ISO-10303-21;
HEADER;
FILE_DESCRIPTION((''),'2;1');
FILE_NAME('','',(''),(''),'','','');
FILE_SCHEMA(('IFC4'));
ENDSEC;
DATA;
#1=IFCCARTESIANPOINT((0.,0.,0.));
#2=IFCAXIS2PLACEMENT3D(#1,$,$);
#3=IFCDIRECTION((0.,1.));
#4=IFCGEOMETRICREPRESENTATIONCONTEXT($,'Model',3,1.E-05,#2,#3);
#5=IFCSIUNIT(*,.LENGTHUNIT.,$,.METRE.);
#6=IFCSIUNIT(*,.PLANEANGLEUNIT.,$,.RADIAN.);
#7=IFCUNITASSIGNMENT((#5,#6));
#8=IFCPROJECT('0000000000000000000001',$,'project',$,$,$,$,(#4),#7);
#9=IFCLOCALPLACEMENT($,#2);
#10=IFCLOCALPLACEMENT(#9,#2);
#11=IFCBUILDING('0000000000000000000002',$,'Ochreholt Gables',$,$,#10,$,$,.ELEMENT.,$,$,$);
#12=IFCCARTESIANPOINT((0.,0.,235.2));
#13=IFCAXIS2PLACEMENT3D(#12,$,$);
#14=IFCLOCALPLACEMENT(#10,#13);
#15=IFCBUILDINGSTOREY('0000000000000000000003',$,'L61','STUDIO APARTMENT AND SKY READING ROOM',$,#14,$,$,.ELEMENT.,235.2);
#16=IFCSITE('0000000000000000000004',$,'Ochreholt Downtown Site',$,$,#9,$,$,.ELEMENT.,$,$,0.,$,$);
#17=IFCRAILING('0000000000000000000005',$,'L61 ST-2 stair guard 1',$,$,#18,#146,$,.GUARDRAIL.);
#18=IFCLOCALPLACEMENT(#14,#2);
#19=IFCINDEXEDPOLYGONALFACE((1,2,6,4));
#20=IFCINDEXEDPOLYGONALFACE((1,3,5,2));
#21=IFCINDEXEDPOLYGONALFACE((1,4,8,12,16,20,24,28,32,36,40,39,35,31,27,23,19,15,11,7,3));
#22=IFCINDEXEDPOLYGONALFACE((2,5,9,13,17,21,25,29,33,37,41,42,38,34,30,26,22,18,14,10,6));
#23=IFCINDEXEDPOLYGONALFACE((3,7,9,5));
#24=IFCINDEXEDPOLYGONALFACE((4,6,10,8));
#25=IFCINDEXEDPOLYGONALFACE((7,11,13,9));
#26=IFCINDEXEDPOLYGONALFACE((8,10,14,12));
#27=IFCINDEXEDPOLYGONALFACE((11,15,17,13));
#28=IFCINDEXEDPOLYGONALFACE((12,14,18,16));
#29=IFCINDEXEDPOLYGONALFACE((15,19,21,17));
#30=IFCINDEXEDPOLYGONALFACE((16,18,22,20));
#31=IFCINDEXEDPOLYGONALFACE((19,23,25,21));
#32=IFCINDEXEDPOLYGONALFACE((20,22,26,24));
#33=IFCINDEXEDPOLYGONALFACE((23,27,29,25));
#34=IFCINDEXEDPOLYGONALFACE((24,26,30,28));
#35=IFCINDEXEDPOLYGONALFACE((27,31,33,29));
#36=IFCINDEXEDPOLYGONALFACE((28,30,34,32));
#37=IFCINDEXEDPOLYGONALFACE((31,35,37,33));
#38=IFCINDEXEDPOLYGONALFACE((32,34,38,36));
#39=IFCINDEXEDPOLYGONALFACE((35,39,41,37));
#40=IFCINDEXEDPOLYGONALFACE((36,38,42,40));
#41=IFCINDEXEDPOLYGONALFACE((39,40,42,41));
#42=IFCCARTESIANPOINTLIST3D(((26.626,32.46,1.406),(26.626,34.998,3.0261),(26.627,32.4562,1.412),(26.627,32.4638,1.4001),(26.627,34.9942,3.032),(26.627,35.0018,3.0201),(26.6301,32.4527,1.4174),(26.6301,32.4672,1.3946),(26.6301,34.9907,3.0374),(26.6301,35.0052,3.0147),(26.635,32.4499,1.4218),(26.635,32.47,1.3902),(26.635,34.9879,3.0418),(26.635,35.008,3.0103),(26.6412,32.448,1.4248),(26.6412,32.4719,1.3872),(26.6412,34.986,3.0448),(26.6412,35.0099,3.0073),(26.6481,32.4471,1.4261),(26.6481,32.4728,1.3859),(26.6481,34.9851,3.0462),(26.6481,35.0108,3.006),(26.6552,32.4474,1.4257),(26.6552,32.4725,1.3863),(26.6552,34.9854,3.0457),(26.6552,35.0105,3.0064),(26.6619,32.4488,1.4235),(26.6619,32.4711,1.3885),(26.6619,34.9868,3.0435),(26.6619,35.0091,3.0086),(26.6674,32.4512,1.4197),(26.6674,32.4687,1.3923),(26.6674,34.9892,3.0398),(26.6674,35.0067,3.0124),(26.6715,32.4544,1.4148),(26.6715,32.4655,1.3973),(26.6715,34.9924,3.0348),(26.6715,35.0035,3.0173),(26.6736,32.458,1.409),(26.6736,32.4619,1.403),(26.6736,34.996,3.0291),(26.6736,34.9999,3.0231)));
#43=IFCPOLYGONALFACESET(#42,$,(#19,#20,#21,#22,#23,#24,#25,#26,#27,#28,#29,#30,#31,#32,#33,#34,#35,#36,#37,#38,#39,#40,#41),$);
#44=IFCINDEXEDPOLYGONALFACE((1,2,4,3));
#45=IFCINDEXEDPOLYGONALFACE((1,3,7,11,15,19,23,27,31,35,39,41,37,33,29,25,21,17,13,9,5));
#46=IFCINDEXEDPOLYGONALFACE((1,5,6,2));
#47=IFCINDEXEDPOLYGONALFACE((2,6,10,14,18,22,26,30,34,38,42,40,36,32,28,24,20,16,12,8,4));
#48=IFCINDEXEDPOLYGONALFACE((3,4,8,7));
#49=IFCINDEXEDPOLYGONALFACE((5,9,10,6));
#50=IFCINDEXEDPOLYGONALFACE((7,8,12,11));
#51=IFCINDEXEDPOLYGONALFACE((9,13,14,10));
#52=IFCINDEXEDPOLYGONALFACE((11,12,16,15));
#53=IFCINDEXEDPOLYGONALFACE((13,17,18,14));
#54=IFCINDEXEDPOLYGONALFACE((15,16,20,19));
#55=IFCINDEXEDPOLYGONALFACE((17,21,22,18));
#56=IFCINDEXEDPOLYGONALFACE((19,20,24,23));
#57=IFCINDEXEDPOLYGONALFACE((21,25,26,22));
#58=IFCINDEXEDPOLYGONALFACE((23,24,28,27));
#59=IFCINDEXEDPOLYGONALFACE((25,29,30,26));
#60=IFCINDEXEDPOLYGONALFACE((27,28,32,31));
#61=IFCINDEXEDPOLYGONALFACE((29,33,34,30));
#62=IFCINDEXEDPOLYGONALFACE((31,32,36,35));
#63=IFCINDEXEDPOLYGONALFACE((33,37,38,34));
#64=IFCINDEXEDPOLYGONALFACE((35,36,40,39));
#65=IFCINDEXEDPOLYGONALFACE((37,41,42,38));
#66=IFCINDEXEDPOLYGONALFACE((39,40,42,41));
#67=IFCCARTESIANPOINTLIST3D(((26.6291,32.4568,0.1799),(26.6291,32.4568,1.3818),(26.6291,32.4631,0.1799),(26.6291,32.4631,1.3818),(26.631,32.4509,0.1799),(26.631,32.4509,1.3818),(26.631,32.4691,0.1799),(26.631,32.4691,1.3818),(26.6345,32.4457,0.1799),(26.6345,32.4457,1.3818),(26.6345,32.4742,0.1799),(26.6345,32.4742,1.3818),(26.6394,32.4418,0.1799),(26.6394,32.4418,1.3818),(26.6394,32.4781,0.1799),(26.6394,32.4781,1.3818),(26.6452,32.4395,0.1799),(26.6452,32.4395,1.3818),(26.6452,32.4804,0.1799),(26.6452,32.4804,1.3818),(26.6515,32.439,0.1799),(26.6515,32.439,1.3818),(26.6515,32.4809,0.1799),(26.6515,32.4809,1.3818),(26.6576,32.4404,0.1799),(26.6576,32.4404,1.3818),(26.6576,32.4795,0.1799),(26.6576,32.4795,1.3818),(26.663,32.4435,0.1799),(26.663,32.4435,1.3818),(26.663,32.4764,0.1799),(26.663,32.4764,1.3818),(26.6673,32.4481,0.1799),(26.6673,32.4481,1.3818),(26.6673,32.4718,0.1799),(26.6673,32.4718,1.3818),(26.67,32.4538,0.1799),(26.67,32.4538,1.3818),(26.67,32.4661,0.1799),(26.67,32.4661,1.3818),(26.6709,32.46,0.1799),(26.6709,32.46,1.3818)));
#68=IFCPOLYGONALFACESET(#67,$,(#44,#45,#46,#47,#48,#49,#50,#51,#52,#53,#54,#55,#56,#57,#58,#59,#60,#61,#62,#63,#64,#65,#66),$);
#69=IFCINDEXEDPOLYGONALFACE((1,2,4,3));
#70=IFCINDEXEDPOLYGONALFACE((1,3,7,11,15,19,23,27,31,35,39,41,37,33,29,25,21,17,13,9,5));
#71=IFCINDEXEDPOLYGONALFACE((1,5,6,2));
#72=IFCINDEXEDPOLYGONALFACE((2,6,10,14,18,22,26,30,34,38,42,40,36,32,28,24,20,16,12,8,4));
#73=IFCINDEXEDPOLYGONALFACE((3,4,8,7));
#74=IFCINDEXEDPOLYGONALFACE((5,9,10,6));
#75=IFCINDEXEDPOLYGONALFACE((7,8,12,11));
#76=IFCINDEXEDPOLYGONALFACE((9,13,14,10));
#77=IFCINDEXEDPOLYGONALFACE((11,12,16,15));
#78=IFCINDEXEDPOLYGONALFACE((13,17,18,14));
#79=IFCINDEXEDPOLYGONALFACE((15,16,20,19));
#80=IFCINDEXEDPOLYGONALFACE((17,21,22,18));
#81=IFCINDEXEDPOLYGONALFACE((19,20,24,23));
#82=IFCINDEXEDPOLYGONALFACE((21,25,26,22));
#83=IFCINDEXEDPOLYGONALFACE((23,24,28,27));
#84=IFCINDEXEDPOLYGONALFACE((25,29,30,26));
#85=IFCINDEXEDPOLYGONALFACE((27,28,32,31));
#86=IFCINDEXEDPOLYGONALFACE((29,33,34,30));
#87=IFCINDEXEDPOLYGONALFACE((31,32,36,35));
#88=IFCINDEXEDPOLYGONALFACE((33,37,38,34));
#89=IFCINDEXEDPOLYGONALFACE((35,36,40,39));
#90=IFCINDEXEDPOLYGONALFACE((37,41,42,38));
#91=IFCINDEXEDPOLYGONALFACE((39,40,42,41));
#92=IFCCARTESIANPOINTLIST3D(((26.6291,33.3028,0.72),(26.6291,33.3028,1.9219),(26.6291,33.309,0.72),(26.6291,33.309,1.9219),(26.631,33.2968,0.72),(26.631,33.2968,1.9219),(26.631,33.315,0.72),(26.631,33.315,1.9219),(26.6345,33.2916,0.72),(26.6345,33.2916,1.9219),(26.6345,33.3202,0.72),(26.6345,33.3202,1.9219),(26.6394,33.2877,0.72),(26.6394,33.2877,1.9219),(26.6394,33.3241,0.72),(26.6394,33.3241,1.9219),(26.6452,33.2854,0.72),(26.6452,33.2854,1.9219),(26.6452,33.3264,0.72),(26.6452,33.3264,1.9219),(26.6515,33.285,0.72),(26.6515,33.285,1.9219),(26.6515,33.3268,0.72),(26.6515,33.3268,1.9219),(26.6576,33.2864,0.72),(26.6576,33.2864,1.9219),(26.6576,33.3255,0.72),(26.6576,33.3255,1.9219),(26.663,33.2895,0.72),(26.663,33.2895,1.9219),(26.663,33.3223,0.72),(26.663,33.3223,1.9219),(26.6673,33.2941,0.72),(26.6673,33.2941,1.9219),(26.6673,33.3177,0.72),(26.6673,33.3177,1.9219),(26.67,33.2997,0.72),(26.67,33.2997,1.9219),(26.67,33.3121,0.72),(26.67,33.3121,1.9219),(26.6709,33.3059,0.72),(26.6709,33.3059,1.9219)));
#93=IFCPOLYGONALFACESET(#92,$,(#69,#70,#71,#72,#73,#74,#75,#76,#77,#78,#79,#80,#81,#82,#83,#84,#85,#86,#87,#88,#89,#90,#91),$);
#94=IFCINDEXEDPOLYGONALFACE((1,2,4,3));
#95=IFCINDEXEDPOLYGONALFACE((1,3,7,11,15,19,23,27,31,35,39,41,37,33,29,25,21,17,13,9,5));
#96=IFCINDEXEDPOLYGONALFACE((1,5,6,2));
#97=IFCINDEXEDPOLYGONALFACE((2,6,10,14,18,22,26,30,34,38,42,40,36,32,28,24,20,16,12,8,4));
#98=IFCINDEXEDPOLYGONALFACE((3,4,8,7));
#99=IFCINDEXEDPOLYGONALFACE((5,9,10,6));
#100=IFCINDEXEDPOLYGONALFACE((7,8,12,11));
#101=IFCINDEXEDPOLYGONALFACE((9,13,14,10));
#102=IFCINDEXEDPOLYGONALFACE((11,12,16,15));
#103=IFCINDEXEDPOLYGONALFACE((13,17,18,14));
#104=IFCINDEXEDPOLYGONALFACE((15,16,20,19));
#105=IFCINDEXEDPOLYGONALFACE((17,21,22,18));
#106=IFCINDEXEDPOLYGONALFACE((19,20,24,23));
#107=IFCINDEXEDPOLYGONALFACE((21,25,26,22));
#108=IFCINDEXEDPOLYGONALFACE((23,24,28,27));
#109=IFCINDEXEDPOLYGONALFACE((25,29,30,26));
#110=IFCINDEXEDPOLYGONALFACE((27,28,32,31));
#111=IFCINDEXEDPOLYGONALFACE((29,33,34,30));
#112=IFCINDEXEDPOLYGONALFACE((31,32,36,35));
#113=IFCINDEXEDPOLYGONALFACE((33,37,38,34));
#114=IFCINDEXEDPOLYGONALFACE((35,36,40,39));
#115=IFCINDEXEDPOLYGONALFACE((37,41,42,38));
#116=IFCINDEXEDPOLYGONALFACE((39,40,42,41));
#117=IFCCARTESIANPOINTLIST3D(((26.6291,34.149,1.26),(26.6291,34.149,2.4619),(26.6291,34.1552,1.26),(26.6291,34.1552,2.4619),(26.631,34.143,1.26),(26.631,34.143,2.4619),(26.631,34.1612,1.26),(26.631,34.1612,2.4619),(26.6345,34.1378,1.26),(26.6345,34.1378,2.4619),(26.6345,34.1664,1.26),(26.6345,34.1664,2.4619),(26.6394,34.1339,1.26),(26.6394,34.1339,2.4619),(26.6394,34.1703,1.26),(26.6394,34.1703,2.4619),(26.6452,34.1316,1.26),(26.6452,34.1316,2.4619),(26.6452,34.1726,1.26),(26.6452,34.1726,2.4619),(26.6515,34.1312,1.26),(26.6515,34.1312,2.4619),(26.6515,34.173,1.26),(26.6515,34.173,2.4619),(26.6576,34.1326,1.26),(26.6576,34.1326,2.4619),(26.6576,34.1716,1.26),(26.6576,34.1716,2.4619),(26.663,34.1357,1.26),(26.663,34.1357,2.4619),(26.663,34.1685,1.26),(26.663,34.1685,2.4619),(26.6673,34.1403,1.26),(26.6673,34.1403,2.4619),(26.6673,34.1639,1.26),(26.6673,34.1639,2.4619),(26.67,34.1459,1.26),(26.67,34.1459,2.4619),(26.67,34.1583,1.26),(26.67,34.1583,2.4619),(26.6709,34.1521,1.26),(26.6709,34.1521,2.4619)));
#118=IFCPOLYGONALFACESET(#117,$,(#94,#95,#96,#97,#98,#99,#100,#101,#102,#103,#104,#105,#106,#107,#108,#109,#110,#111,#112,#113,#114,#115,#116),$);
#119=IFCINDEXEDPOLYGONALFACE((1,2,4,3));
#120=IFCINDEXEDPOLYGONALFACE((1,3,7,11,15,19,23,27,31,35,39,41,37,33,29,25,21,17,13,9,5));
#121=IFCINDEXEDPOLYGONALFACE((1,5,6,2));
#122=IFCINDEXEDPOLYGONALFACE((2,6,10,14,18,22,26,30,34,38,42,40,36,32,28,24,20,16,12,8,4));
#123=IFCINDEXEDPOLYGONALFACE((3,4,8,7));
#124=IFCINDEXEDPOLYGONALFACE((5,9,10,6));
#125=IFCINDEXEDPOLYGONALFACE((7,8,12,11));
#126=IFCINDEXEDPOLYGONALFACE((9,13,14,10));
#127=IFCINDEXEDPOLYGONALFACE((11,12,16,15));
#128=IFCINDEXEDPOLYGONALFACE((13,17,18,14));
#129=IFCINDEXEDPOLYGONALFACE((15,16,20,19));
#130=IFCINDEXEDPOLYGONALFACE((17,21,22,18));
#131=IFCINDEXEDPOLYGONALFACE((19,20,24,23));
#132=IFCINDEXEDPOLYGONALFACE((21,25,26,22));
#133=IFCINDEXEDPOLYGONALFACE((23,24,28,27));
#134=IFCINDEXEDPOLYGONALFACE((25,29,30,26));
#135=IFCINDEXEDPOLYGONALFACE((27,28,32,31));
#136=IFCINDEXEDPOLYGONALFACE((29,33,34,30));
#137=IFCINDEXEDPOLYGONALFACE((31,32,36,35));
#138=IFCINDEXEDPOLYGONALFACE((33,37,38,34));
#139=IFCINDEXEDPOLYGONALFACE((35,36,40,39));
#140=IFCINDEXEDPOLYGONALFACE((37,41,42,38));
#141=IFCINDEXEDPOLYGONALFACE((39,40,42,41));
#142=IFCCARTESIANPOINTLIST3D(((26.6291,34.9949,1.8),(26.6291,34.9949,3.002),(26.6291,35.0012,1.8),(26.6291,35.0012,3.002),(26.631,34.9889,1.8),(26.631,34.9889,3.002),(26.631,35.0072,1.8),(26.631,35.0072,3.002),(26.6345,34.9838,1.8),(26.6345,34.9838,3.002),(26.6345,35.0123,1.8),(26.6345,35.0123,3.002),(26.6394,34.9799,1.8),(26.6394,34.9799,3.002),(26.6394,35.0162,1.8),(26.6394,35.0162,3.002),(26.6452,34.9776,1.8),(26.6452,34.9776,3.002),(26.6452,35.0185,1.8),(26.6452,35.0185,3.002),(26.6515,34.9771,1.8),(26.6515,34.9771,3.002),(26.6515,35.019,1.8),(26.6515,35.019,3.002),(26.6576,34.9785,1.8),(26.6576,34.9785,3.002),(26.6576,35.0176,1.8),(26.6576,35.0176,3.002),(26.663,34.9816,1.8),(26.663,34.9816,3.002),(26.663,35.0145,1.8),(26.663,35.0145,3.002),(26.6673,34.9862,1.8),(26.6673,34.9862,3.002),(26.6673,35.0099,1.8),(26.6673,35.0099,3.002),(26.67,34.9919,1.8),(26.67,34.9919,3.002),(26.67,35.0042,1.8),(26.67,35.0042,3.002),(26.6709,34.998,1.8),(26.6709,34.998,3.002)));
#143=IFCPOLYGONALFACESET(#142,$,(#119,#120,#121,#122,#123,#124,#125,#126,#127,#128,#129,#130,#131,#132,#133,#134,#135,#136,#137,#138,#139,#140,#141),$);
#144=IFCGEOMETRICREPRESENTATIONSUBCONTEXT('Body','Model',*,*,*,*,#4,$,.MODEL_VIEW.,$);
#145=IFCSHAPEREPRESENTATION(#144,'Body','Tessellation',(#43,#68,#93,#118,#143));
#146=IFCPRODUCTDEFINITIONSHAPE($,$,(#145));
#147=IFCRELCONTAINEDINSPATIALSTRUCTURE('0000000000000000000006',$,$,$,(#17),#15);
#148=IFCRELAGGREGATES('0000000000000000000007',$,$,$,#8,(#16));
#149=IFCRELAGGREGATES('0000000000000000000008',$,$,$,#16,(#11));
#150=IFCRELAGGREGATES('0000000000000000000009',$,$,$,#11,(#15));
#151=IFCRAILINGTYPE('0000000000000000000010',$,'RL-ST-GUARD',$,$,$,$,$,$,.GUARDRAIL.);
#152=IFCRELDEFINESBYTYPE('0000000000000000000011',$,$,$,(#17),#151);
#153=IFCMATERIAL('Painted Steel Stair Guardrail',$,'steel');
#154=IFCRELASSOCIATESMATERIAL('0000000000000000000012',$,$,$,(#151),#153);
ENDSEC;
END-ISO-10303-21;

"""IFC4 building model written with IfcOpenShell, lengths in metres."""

from ifc_helpers import new_model, si_unit, direction, frame, origin, origin_2d, place, context, subcontext, project, spatial, circle, extrude, material, type_object, element, save


model = new_model("IFC4")

# Units and contexts
model_context = context("Model", 3, precision=1e-05, world=origin(), true_north=direction((0.0, 1.0)))
body_context = subcontext(model_context, "Body", "Model", "MODEL_VIEW")
ifc_project = project(units=[si_unit("LENGTHUNIT", "METRE"), si_unit("PLANEANGLEUNIT", "RADIAN")], contexts=[model_context])

# Site, building, storey
site_placement = place(None, origin())
site = spatial("IfcSite", under=ifc_project, at=site_placement, Name="Ochreholt Downtown Site", CompositionType="ELEMENT", RefElevation=0.0)
building_placement = place(site_placement, origin())
building = spatial("IfcBuilding", under=site, at=building_placement, Name="Ochreholt Gables", CompositionType="ELEMENT")
storey_placement = place(building_placement, frame((0.0, 0.0, 235.2)))
storey = spatial("IfcBuildingStorey", under=building, at=storey_placement, Name="L61", Description="STUDIO APARTMENT AND SKY READING ROOM", CompositionType="ELEMENT", Elevation=235.2)

# Railing
ifc_material_1 = material(Name="Painted Steel Stair Guardrail", Category="steel")
railing_type_1 = type_object("IfcRailingType", Name="RL-ST-GUARD", PredefinedType="GUARDRAIL", material=ifc_material_1)
railing_1_placement = place(storey_placement, frame((26.6499, 32.46, 0.1799)))
element("IfcRailing", 1, at=railing_1_placement, inside=storey, type_object=railing_type_1, Name="L61 ST-2 stair guard 1", PredefinedType="GUARDRAIL", context=body_context, shape_type="SweptSolid", body=[
    extrude(circle(Radius=0.0239, at=origin_2d()), frame((0.0, 0.0, 1.2261), z_axis=(0.0, 0.842913, 0.53805), x_axis=(-1.0, 0.0, 0.0)), (0.0, 0.0, 1.0), 3.011),
    extrude(circle(Radius=0.021, at=origin_2d()), origin(), (0.0, 0.0, 1.0), 1.2019),
    extrude(circle(Radius=0.021, at=origin_2d()), frame((0.0, 0.8459, 0.54)), (0.0, 0.0, 1.0), 1.2019),
    extrude(circle(Radius=0.021, at=origin_2d()), frame((0.0, 1.6921, 1.0801)), (0.0, 0.0, 1.0), 1.2019),
    extrude(circle(Radius=0.021, at=origin_2d()), frame((0.0, 2.5381, 1.6201)), (0.0, 0.0, 1.0), 1.2019),
])

save(model, "model.ifc")
